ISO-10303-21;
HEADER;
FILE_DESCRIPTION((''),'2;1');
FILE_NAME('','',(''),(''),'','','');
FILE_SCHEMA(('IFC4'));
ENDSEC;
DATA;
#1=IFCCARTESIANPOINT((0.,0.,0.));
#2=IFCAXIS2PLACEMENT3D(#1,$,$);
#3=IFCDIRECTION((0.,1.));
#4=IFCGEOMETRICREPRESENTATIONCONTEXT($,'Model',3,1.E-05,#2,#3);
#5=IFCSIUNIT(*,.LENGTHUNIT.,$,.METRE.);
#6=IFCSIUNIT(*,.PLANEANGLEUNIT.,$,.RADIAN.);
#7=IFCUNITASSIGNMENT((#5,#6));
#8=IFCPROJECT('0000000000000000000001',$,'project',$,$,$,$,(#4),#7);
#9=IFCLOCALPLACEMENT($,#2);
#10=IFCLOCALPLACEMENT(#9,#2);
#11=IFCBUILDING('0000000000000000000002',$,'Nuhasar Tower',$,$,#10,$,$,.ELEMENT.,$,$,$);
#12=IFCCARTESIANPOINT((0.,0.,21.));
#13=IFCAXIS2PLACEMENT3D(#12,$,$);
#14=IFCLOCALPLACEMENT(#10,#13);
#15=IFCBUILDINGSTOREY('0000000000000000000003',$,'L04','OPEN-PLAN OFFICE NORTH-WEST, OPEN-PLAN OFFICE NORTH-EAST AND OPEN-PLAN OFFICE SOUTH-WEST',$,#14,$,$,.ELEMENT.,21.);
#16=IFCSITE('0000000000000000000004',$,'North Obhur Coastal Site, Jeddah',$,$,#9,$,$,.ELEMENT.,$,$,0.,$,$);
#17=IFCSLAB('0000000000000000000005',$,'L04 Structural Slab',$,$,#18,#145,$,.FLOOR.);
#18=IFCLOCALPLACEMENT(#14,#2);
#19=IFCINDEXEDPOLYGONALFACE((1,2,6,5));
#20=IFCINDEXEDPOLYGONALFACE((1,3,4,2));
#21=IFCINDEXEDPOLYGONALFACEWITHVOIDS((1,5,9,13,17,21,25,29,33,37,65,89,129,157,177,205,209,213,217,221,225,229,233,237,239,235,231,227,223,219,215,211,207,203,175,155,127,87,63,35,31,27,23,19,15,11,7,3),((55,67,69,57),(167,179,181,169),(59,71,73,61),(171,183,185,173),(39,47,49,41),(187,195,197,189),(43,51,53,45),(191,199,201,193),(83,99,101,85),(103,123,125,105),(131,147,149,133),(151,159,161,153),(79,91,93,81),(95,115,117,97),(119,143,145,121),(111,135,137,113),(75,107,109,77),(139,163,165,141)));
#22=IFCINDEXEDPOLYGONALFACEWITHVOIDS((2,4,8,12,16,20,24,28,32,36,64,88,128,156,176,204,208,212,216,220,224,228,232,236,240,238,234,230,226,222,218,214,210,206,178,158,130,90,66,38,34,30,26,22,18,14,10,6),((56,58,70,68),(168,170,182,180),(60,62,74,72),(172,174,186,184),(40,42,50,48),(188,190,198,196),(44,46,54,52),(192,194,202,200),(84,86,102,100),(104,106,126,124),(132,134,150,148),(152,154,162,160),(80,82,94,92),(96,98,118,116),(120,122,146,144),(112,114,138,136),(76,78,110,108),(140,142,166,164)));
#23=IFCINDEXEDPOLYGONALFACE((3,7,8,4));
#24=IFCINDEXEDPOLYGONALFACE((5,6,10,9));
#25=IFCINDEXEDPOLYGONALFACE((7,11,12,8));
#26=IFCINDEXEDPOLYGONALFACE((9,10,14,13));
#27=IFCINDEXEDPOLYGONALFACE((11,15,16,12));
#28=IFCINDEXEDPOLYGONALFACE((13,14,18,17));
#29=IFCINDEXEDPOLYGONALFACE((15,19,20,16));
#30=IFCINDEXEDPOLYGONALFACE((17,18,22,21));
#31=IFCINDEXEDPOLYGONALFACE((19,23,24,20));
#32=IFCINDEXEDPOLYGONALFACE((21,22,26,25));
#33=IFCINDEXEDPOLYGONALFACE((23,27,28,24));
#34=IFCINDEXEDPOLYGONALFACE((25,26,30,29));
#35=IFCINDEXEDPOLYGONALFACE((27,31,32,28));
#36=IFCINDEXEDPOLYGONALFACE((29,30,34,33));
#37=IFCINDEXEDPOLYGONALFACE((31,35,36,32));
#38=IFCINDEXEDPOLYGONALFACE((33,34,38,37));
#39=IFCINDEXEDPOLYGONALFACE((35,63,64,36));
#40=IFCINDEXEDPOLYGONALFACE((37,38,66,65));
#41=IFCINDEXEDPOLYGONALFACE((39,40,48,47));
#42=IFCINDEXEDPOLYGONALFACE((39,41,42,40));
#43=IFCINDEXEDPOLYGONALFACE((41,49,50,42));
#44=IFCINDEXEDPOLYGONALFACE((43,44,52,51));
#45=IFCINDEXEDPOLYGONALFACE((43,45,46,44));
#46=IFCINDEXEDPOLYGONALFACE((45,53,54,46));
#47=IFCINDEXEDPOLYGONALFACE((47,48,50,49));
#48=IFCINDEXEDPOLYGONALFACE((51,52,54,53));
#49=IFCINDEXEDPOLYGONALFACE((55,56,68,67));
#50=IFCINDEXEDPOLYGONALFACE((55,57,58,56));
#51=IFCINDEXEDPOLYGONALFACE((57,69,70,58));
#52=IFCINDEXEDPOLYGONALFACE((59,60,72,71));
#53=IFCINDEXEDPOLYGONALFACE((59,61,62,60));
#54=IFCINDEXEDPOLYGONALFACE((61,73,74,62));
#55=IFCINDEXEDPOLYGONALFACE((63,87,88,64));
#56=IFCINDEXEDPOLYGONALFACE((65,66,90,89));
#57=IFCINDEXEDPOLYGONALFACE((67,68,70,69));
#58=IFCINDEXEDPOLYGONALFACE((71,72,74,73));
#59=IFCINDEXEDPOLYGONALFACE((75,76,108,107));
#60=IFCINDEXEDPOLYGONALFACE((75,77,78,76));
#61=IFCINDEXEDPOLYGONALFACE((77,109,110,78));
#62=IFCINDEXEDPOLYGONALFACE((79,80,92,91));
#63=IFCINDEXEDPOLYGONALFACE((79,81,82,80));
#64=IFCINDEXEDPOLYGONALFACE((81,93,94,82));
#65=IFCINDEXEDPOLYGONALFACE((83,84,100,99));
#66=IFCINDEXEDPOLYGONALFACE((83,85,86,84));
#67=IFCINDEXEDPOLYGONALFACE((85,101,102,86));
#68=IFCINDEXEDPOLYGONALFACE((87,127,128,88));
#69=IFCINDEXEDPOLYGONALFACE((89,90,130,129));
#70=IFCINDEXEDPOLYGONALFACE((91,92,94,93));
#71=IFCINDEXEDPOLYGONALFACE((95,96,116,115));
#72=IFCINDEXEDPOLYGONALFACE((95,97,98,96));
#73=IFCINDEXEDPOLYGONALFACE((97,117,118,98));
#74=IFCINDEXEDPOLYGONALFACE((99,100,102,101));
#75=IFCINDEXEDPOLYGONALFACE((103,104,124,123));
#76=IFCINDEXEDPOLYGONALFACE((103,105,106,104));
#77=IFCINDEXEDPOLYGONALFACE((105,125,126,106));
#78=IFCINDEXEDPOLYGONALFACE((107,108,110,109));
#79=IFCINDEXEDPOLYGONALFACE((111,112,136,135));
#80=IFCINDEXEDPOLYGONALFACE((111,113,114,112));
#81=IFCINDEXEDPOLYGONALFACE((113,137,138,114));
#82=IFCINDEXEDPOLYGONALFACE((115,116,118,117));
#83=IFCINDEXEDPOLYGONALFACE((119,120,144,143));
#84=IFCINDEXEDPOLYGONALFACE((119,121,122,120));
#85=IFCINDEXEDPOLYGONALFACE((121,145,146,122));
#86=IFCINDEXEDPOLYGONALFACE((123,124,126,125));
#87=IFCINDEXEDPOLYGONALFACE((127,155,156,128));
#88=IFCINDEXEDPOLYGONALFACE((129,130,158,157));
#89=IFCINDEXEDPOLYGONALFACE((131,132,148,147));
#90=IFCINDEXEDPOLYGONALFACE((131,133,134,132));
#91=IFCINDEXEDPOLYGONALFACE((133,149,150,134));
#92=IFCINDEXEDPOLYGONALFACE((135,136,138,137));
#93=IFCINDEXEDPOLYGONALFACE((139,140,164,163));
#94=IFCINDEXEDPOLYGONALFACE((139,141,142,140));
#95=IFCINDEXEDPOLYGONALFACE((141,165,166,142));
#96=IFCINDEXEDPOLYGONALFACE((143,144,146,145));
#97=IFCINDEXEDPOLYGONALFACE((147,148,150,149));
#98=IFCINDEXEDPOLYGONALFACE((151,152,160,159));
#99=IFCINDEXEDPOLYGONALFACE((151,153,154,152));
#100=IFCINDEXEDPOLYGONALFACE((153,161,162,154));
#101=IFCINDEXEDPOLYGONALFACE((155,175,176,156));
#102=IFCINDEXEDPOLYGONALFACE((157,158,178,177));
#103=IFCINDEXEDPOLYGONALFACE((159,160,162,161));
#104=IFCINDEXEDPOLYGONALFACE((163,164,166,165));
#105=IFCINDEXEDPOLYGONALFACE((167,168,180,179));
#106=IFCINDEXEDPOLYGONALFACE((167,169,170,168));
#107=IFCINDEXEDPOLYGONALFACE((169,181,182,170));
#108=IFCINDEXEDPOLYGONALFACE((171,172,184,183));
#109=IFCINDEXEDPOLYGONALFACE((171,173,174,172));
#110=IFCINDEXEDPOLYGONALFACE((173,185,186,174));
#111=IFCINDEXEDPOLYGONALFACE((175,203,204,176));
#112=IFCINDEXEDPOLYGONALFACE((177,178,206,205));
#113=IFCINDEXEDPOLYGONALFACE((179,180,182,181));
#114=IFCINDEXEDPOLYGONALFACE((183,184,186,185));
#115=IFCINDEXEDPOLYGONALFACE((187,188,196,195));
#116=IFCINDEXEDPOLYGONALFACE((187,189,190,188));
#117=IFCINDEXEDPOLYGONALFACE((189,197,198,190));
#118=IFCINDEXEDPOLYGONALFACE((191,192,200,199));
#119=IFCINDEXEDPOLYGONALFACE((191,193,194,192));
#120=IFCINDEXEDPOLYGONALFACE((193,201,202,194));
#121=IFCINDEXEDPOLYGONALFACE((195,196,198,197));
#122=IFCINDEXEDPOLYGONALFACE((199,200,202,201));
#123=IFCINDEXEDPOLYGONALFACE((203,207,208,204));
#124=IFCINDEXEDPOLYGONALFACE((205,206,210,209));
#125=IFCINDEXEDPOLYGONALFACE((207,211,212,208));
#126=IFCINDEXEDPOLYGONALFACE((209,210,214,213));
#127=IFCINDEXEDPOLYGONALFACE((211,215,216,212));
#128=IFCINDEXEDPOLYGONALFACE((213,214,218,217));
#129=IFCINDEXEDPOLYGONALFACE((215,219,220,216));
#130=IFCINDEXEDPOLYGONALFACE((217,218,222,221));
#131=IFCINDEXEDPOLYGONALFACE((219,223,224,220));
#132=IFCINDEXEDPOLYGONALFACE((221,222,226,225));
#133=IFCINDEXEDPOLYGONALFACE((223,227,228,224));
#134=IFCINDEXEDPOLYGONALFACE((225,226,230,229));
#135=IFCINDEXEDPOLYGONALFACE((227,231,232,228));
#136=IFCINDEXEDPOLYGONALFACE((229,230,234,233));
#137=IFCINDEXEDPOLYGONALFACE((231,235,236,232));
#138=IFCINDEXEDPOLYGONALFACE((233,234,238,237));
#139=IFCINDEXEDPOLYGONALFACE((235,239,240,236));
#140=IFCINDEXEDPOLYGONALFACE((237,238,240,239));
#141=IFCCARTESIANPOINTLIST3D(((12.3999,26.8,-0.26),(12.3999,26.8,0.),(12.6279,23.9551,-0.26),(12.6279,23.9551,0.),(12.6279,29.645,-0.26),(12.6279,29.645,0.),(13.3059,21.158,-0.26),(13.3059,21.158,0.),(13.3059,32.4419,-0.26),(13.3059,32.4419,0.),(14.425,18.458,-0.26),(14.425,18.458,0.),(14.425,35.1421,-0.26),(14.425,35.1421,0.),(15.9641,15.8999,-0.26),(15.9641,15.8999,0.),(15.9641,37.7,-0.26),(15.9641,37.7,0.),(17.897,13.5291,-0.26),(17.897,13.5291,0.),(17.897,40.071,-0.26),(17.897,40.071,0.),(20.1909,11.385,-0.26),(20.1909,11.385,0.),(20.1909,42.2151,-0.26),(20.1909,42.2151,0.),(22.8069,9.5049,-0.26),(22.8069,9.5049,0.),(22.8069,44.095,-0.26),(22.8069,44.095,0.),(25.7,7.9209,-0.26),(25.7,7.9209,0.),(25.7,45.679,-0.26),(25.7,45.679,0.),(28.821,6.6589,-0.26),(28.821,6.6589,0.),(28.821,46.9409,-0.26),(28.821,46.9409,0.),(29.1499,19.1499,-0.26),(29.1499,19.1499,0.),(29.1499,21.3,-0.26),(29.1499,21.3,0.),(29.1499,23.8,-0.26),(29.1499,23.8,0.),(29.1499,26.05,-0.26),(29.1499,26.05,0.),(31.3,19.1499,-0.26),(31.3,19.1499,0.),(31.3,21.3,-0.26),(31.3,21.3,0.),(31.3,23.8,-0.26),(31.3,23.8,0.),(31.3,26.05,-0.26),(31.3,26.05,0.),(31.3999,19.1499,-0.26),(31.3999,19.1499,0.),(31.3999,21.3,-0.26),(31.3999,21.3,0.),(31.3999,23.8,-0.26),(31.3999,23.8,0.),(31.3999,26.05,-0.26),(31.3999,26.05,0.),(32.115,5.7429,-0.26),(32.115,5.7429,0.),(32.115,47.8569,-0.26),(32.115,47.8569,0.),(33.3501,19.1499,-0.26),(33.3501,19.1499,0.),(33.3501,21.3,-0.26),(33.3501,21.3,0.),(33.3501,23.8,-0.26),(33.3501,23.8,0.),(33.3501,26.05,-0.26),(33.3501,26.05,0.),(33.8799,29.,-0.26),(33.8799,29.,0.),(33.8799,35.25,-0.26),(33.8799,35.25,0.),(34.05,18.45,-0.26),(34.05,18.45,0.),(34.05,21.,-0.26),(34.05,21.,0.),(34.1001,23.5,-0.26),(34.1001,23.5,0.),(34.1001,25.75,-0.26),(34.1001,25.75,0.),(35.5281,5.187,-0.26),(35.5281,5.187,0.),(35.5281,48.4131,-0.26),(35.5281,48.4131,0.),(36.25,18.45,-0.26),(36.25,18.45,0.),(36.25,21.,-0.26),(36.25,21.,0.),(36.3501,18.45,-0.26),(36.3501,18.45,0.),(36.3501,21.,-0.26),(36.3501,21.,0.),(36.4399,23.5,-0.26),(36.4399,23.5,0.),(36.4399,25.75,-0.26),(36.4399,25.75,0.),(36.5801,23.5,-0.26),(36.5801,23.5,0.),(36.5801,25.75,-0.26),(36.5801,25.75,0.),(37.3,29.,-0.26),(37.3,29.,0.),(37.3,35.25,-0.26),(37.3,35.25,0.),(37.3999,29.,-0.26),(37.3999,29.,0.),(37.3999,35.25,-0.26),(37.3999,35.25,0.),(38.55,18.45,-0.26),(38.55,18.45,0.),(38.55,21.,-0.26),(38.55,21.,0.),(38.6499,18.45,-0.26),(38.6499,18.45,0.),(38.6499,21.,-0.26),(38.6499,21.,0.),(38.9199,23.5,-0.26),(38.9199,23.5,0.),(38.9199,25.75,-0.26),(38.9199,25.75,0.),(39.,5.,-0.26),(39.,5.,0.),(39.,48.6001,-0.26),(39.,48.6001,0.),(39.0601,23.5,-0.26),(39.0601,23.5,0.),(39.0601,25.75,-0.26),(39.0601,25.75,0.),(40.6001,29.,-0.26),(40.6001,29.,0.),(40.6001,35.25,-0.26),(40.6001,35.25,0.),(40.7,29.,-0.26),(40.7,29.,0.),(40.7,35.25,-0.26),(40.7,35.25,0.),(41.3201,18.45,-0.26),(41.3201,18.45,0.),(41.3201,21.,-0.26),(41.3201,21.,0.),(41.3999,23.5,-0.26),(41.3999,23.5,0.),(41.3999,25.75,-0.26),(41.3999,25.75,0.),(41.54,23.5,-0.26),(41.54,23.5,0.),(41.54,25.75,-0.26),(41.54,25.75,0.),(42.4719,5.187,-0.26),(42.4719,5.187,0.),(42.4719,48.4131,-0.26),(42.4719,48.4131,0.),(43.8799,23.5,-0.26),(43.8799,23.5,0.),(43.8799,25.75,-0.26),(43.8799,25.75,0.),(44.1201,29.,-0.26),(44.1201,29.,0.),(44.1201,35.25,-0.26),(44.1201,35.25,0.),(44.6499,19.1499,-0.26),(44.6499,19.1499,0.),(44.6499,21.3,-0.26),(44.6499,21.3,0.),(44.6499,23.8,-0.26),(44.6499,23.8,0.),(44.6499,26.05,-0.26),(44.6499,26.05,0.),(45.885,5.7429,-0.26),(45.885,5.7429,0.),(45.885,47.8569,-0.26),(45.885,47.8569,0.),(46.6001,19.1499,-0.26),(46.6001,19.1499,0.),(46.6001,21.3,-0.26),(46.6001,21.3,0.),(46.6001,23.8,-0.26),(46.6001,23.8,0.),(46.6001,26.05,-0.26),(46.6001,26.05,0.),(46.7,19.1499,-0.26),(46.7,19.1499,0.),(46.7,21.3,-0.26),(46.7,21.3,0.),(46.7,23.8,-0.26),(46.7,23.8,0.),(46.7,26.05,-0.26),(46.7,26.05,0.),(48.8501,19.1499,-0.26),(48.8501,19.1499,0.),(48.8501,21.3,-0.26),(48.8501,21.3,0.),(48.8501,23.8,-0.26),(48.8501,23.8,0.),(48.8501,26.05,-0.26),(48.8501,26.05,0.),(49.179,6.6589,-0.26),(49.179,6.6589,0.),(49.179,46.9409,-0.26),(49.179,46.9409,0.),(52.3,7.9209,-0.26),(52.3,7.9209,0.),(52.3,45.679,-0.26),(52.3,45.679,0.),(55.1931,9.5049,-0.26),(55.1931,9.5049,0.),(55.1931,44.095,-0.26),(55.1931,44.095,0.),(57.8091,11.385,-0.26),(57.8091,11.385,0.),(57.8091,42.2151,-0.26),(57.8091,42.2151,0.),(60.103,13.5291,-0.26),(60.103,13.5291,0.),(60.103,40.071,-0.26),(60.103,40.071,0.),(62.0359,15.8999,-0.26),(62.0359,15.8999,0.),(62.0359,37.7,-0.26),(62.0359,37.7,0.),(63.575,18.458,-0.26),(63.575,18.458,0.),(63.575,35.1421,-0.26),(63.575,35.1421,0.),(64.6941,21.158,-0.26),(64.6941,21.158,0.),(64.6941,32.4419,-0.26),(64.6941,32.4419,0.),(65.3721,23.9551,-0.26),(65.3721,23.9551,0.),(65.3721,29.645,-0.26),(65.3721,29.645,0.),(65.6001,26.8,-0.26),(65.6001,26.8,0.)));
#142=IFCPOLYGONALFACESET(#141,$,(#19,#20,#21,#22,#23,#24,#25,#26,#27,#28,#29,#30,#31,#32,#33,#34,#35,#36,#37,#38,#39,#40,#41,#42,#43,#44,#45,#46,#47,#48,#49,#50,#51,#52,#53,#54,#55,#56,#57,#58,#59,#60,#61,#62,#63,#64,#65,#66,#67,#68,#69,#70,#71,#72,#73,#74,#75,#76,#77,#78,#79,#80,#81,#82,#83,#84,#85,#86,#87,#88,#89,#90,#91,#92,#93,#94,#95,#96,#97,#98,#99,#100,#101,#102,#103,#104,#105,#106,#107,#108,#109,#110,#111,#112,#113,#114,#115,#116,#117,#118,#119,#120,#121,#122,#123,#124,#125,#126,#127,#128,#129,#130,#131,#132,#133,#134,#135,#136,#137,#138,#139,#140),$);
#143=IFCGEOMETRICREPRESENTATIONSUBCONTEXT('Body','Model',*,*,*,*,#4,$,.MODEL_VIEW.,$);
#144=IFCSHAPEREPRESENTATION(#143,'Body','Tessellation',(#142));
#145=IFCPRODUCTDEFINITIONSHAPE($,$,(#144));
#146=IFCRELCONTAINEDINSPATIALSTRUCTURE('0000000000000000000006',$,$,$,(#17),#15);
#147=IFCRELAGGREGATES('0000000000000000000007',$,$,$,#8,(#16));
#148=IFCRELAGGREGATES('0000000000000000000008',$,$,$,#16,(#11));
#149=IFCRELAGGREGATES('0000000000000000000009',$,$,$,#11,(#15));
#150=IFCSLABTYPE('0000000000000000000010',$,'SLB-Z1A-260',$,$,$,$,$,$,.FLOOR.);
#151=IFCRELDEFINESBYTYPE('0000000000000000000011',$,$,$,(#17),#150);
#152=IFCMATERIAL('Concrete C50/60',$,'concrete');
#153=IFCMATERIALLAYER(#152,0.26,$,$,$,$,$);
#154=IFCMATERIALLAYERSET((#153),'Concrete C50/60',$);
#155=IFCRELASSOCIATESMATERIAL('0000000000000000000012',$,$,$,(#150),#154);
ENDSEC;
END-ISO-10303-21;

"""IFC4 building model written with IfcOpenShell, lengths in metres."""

from ifc_helpers import new_model, si_unit, direction, frame, origin, place, context, subcontext, project, spatial, polyline, outline, extrude, material, layer, layer_set, type_object, element, save


model = new_model("IFC4")

# Units and contexts
model_context = context("Model", 3, precision=1e-05, world=origin(), true_north=direction((0.0, 1.0)))
body_context = subcontext(model_context, "Body", "Model", "MODEL_VIEW")
ifc_project = project(units=[si_unit("LENGTHUNIT", "METRE"), si_unit("PLANEANGLEUNIT", "RADIAN")], contexts=[model_context])

# Site, building, storey
site_placement = place(None, origin())
site = spatial("IfcSite", under=ifc_project, at=site_placement, Name="North Obhur Coastal Site, Jeddah", CompositionType="ELEMENT", RefElevation=0.0)
building_placement = place(site_placement, origin())
building = spatial("IfcBuilding", under=site, at=building_placement, Name="Nuhasar Tower", CompositionType="ELEMENT")
storey_placement = place(building_placement, frame((0.0, 0.0, 21.0)))
storey = spatial("IfcBuildingStorey", under=building, at=storey_placement, Name="L04", Description="OPEN-PLAN OFFICE NORTH-WEST, OPEN-PLAN OFFICE NORTH-EAST AND OPEN-PLAN OFFICE SOUTH-WEST", CompositionType="ELEMENT", Elevation=21.0)

# Slab
ifc_material_1 = material(Name="Concrete C50/60", Category="concrete")
ifc_layer_1 = layer(ifc_material_1, 0.26)
ifc_layer_set_1 = layer_set([ifc_layer_1], Name="Concrete C50/60")
slab_type_1 = type_object("IfcSlabType", Name="SLB-Z1A-260", PredefinedType="FLOOR", material=ifc_layer_set_1)
slab_1_placement = place(storey_placement, frame((0.0, 0.0, -0.26)))
element("IfcSlab", 1, at=slab_1_placement, inside=storey, type_object=slab_type_1, Name="L04 Structural Slab", PredefinedType="FLOOR", context=body_context, shape_type="SweptSolid", body=[
    extrude(outline(polyline([(65.6001, 26.8), (65.3721, 29.645), (64.6941, 32.4419), (63.575, 35.1421), (62.0359, 37.7), (60.103, 40.071), (57.8091, 42.2151), (55.1931, 44.095), (52.3, 45.679), (49.179, 46.9409), (45.885, 47.8569), (42.4719, 48.4131), (39.0, 48.6001), (35.5281, 48.4131), (32.115, 47.8569), (28.821, 46.9409), (25.7, 45.679), (22.8069, 44.095), (20.1909, 42.2151), (17.897, 40.071), (15.9641, 37.7), (14.425, 35.1421), (13.3059, 32.4419), (12.6279, 29.645), (12.3999, 26.8), (12.6279, 23.9551), (13.3059, 21.158), (14.425, 18.458), (15.9641, 15.8999), (17.897, 13.5291), (20.1909, 11.385), (22.8069, 9.5049), (25.7, 7.9209), (28.821, 6.6589), (32.115, 5.7429), (35.5281, 5.187), (39.0, 5.0), (42.4719, 5.187), (45.885, 5.7429), (49.179, 6.6589), (52.3, 7.9209), (55.1931, 9.5049), (57.8091, 11.385), (60.103, 13.5291), (62.0359, 15.8999), (63.575, 18.458), (64.6941, 21.158), (65.3721, 23.9551), (65.6001, 26.8)]), holes=[polyline([(33.8799, 35.25), (37.3, 35.25), (37.3, 29.0), (33.8799, 29.0), (33.8799, 35.25)]), polyline([(37.3999, 35.25), (40.6001, 35.25), (40.6001, 29.0), (37.3999, 29.0), (37.3999, 35.25)]), polyline([(40.7, 35.25), (44.1201, 35.25), (44.1201, 29.0), (40.7, 29.0), (40.7, 35.25)]), polyline([(29.1499, 26.05), (31.3, 26.05), (31.3, 23.8), (29.1499, 23.8), (29.1499, 26.05)]), polyline([(31.3999, 26.05), (33.3501, 26.05), (33.3501, 23.8), (31.3999, 23.8), (31.3999, 26.05)]), polyline([(29.1499, 21.3), (31.3, 21.3), (31.3, 19.1499), (29.1499, 19.1499), (29.1499, 21.3)]), polyline([(31.3999, 21.3), (33.3501, 21.3), (33.3501, 19.1499), (31.3999, 19.1499), (31.3999, 21.3)]), polyline([(44.6499, 26.05), (46.6001, 26.05), (46.6001, 23.8), (44.6499, 23.8), (44.6499, 26.05)]), polyline([(46.7, 26.05), (48.8501, 26.05), (48.8501, 23.8), (46.7, 23.8), (46.7, 26.05)]), polyline([(44.6499, 21.3), (46.6001, 21.3), (46.6001, 19.1499), (44.6499, 19.1499), (44.6499, 21.3)]), polyline([(46.7, 21.3), (48.8501, 21.3), (48.8501, 19.1499), (46.7, 19.1499), (46.7, 21.3)]), polyline([(34.1001, 25.75), (36.4399, 25.75), (36.4399, 23.5), (34.1001, 23.5), (34.1001, 25.75)]), polyline([(36.5801, 25.75), (38.9199, 25.75), (38.9199, 23.5), (36.5801, 23.5), (36.5801, 25.75)]), polyline([(39.0601, 25.75), (41.3999, 25.75), (41.3999, 23.5), (39.0601, 23.5), (39.0601, 25.75)]), polyline([(41.54, 25.75), (43.8799, 25.75), (43.8799, 23.5), (41.54, 23.5), (41.54, 25.75)]), polyline([(34.05, 21.0), (36.25, 21.0), (36.25, 18.45), (34.05, 18.45), (34.05, 21.0)]), polyline([(36.3501, 21.0), (38.55, 21.0), (38.55, 18.45), (36.3501, 18.45), (36.3501, 21.0)]), polyline([(38.6499, 21.0), (41.3201, 21.0), (41.3201, 18.45), (38.6499, 18.45), (38.6499, 21.0)])]), origin(), (0.0, 0.0, 1.0), 0.26),
])

save(model, "model.ifc")
